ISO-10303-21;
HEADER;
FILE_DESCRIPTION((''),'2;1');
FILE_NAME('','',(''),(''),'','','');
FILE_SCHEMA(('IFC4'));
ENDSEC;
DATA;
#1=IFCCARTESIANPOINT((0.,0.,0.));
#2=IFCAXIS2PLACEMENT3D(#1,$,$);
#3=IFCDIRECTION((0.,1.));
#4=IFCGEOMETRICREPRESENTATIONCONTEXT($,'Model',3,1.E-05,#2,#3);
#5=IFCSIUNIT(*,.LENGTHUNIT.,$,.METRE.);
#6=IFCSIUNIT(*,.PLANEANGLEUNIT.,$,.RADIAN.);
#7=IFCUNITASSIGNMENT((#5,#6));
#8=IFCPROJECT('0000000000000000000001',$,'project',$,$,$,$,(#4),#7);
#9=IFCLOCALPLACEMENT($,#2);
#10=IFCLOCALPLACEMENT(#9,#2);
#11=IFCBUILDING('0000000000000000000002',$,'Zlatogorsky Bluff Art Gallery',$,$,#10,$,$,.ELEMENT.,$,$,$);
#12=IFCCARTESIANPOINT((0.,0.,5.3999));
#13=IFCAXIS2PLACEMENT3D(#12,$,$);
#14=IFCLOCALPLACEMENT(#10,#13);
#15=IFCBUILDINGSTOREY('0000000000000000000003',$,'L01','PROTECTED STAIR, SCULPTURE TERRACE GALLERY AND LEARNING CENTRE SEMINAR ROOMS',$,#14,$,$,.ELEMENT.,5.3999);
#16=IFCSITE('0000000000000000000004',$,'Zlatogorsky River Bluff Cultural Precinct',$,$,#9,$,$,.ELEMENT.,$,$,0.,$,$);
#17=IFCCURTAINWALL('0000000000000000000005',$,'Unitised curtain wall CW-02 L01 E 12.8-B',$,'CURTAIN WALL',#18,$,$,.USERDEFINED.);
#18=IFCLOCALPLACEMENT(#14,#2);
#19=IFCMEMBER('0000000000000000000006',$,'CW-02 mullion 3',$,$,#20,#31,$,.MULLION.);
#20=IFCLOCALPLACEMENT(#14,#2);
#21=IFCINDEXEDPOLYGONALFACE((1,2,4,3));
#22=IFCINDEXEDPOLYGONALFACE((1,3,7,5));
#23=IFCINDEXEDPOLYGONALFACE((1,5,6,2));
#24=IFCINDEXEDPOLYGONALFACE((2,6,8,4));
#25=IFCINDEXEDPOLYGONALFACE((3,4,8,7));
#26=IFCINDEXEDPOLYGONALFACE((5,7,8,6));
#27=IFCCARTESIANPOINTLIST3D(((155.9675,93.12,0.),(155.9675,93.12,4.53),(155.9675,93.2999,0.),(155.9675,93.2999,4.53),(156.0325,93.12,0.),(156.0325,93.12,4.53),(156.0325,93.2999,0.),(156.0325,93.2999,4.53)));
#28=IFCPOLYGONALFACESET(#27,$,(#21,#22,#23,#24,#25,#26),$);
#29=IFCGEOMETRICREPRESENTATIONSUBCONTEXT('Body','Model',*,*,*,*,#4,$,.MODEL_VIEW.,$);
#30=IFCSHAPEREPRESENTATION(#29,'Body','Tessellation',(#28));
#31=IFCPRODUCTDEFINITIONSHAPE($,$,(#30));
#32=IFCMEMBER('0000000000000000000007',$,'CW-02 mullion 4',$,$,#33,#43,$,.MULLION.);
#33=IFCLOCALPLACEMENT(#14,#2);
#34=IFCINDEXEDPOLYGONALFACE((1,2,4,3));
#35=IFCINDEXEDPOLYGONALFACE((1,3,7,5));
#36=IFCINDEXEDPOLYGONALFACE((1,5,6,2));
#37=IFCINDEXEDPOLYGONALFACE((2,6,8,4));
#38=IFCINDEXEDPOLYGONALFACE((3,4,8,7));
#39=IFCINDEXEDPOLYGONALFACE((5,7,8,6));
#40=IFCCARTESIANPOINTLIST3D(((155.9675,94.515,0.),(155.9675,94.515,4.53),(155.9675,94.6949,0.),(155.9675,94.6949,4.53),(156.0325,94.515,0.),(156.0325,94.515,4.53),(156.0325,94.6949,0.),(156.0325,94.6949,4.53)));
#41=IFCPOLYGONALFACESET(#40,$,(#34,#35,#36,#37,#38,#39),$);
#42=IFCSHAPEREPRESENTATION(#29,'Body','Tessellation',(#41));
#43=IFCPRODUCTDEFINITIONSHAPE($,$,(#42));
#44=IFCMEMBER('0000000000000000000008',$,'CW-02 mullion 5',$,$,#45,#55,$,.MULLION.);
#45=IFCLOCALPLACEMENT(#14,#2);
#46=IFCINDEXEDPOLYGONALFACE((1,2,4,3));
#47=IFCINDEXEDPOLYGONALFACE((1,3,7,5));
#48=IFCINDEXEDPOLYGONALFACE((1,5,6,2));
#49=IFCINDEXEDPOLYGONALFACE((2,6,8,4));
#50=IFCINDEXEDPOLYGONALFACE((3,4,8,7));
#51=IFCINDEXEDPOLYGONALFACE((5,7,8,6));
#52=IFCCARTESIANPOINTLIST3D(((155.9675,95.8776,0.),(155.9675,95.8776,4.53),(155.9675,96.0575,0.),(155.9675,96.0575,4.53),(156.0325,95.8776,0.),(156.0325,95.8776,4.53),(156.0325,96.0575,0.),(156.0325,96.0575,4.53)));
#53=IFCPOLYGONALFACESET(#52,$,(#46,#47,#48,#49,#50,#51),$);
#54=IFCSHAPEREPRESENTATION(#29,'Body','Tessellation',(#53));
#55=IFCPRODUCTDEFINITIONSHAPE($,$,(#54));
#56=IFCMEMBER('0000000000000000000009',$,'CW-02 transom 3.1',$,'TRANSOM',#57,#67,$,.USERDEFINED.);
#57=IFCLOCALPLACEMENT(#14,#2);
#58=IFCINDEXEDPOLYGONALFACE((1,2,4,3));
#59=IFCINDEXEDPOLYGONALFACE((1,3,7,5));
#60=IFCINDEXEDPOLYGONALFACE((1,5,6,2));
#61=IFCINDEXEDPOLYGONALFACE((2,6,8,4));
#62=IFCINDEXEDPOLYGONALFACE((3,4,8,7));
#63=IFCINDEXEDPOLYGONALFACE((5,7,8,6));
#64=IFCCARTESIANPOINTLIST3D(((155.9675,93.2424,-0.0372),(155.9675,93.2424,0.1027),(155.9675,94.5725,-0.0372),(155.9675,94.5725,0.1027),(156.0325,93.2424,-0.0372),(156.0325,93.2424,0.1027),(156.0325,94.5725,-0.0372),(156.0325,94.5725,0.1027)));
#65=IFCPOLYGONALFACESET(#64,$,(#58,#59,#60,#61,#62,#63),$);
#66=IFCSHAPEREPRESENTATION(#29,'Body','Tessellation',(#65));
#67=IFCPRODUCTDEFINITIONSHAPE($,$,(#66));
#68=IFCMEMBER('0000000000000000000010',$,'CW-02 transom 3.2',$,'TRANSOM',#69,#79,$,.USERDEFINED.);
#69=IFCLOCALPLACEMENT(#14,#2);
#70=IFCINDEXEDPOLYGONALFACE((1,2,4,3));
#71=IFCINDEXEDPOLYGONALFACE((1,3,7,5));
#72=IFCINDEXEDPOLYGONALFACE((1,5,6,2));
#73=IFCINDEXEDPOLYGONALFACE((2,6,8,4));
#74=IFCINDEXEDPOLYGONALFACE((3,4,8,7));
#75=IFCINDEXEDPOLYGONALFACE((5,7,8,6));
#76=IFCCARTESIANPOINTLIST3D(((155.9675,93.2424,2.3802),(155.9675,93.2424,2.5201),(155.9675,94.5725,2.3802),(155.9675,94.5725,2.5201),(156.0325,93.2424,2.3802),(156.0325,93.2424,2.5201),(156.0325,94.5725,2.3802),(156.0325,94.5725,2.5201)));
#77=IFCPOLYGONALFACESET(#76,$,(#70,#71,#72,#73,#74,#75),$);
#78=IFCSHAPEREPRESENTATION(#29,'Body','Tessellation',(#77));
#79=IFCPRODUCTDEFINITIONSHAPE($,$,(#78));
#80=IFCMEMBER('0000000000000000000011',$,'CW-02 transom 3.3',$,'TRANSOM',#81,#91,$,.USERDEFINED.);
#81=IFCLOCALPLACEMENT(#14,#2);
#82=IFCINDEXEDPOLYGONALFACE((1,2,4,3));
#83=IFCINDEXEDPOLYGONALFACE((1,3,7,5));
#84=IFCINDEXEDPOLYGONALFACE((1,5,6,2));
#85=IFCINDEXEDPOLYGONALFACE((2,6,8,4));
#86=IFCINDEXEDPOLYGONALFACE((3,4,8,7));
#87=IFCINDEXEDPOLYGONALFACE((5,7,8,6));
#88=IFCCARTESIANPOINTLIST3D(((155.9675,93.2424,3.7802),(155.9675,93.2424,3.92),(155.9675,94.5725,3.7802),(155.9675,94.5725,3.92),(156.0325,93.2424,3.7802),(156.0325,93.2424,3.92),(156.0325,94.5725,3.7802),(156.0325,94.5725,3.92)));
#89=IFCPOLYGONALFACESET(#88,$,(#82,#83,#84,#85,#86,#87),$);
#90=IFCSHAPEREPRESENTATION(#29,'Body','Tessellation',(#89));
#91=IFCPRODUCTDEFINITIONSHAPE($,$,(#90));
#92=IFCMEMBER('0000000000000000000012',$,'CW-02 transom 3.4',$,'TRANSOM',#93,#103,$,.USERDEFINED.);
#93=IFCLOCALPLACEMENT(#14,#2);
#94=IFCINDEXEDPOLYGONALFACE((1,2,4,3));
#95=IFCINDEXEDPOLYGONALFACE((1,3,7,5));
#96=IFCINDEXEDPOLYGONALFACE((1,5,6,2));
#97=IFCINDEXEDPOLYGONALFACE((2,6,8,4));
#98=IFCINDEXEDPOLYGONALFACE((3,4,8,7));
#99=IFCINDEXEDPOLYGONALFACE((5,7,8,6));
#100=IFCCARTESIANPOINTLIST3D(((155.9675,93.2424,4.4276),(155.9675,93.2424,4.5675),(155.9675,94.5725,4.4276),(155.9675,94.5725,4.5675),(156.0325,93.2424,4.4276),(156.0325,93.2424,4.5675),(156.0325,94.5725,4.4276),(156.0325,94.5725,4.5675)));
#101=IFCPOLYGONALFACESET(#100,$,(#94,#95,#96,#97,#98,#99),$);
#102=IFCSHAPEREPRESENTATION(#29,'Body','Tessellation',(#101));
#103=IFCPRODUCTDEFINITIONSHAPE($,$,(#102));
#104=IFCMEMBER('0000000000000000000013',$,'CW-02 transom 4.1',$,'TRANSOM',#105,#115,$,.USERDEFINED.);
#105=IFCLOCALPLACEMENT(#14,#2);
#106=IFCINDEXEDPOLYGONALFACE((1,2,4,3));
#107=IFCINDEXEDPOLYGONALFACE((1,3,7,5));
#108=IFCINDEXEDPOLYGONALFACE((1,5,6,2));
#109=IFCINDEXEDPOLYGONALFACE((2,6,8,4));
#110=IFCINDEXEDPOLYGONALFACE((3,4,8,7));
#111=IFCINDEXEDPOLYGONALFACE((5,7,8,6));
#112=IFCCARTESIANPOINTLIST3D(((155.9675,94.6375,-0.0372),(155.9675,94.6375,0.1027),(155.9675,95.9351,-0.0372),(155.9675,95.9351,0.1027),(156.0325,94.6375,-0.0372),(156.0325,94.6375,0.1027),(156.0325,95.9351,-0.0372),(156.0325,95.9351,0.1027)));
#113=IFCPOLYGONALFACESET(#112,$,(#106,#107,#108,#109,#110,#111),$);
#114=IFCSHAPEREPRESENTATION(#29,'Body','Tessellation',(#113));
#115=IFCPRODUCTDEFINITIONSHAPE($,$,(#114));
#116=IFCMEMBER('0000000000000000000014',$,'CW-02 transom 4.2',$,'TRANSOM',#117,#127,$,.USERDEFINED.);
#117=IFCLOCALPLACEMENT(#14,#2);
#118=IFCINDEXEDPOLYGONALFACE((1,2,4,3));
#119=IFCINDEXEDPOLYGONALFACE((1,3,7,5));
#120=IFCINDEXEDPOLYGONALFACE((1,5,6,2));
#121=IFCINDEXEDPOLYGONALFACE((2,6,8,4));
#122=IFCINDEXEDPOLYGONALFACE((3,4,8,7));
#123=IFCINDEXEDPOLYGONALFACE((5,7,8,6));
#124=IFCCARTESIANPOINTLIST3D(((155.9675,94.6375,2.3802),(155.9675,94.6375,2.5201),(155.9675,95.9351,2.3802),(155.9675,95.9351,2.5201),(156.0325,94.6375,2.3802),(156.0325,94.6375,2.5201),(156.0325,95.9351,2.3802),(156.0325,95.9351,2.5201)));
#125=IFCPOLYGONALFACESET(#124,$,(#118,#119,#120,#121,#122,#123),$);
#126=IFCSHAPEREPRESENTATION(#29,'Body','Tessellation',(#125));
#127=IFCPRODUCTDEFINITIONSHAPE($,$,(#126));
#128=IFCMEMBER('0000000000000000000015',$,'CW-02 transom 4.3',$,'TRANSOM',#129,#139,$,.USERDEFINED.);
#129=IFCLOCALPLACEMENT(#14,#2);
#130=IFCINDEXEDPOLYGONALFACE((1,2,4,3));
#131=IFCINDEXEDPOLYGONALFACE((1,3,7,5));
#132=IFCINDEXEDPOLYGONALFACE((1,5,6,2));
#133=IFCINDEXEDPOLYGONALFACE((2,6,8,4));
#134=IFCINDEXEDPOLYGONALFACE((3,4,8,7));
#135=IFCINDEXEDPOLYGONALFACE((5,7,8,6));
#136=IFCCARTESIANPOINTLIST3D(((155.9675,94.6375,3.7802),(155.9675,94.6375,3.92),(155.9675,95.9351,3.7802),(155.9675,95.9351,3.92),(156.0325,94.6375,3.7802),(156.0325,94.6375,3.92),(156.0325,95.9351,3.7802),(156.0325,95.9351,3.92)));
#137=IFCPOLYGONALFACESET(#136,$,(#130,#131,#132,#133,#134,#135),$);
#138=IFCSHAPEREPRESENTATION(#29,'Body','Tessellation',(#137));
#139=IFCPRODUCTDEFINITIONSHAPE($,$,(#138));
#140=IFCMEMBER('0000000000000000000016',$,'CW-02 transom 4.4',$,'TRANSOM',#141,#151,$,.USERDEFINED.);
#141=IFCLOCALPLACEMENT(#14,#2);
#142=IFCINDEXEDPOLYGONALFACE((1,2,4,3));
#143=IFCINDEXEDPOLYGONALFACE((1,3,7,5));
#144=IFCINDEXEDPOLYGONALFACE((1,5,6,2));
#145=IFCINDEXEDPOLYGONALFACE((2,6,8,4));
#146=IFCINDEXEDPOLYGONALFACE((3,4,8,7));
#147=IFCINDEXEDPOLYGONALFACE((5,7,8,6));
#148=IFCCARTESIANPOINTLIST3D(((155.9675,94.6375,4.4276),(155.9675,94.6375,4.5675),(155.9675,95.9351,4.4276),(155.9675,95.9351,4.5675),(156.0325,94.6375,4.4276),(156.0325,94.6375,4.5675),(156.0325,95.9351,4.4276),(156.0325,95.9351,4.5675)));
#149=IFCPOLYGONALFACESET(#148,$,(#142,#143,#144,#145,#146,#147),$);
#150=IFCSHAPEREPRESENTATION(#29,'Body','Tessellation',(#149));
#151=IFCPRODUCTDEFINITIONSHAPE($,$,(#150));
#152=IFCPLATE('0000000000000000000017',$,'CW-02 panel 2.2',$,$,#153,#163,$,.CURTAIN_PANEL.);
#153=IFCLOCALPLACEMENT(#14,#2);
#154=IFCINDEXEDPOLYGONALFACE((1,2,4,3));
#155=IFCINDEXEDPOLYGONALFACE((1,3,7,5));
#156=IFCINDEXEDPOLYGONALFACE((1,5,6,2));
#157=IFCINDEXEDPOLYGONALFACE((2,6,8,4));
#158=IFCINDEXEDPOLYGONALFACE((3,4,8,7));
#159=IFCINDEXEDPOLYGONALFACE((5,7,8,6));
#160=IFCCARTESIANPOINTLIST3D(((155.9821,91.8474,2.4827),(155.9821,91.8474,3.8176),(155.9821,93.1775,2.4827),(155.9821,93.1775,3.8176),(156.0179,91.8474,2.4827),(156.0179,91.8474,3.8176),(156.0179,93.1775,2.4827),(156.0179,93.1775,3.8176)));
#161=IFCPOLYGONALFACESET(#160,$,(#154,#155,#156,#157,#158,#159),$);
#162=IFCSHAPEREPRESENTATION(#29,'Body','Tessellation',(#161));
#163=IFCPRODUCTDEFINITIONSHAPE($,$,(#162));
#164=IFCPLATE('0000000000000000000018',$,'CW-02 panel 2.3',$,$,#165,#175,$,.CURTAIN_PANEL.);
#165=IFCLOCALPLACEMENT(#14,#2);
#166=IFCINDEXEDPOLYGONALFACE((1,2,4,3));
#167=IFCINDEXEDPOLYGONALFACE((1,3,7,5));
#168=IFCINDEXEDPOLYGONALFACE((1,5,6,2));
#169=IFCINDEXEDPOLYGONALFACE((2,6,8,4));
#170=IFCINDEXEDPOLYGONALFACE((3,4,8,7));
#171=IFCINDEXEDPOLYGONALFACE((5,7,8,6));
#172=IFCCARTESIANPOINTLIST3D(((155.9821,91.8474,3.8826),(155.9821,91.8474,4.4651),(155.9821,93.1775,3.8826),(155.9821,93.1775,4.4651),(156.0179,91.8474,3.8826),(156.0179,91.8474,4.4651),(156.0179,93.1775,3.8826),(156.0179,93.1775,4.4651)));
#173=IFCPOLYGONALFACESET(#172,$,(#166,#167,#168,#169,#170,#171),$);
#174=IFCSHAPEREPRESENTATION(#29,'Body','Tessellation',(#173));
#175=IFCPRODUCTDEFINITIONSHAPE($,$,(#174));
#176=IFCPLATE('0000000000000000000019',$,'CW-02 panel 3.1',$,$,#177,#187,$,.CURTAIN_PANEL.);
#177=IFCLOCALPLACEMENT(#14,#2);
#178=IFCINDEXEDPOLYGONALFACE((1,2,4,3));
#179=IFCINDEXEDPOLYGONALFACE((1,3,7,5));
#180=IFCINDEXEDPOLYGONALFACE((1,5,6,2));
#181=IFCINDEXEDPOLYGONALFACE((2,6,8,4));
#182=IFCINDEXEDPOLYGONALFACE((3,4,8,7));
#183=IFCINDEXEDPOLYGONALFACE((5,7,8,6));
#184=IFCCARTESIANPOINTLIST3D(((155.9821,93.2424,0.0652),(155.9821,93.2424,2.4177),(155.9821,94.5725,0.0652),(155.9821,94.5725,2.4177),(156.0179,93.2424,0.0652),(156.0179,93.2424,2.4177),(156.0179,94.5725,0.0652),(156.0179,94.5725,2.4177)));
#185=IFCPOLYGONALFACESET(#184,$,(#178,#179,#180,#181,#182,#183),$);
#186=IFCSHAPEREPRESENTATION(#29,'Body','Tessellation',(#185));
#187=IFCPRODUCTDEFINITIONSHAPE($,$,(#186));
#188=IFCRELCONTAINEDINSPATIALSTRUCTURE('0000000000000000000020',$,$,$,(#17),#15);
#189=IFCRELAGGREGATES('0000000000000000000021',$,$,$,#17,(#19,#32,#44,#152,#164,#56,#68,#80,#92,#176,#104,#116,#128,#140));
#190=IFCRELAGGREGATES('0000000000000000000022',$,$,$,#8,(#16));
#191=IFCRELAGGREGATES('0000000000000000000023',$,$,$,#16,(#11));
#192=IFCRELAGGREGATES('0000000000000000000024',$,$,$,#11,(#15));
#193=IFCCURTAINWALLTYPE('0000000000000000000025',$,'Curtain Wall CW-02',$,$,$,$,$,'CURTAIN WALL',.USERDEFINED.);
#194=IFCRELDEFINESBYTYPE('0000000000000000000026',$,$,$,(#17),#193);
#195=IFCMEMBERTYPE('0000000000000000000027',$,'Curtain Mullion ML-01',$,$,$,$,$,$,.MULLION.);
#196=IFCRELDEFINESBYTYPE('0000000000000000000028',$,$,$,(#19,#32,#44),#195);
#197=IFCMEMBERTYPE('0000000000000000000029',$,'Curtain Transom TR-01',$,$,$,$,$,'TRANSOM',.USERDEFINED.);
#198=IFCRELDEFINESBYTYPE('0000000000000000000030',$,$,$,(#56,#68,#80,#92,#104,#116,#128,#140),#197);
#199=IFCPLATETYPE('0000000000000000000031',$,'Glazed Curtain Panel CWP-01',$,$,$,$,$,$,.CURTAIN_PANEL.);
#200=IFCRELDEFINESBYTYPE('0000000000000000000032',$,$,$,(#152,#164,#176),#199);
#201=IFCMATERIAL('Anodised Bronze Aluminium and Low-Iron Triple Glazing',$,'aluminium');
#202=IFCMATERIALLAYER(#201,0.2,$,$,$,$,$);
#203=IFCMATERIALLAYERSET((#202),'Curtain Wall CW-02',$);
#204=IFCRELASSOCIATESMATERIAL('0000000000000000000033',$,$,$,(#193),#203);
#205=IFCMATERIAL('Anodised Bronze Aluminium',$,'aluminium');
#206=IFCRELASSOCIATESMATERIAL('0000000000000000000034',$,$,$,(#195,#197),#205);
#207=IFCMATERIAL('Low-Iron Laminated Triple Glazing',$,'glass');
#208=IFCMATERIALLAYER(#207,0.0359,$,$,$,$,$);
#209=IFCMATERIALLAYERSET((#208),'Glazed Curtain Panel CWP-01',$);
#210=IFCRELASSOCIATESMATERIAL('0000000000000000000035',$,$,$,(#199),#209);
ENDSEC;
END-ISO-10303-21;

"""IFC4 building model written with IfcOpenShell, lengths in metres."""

from ifc_helpers import new_model, si_unit, direction, frame, origin, origin_2d, place, context, subcontext, project, spatial, rectangle, extrude, material, layer, layer_set, material_profile, profile_set, type_object, element, aggregate, save


model = new_model("IFC4")

# Units and contexts
model_context = context("Model", 3, precision=1e-05, world=origin(), true_north=direction((0.0, 1.0)))
body_context = subcontext(model_context, "Body", "Model", "MODEL_VIEW")
ifc_project = project(units=[si_unit("LENGTHUNIT", "METRE"), si_unit("PLANEANGLEUNIT", "RADIAN")], contexts=[model_context])

# Site, building, storey
site_placement = place(None, origin())
site = spatial("IfcSite", under=ifc_project, at=site_placement, Name="Zlatogorsky River Bluff Cultural Precinct", CompositionType="ELEMENT", RefElevation=0.0)
building_placement = place(site_placement, origin())
building = spatial("IfcBuilding", under=site, at=building_placement, Name="Zlatogorsky Bluff Art Gallery", CompositionType="ELEMENT")
storey_placement = place(building_placement, frame((0.0, 0.0, 5.3999)))
storey = spatial("IfcBuildingStorey", under=building, at=storey_placement, Name="L01", Description="PROTECTED STAIR, SCULPTURE TERRACE GALLERY AND LEARNING CENTRE SEMINAR ROOMS", CompositionType="ELEMENT", Elevation=5.3999)

# Curtain wall, members, plates
ifc_material_1 = material(Name="Anodised Bronze Aluminium and Low-Iron Triple Glazing", Category="aluminium")
ifc_layer_1 = layer(ifc_material_1, 0.2)
ifc_layer_set_1 = layer_set([ifc_layer_1], Name="Curtain Wall CW-02")
curtain_wall_type = type_object("IfcCurtainWallType", Name="Curtain Wall CW-02", ElementType="CURTAIN WALL", PredefinedType="USERDEFINED", material=ifc_layer_set_1)
curtain_wall_placement = place(storey_placement, origin())
curtain_wall = element("IfcCurtainWall", 1, at=curtain_wall_placement, inside=storey, type_object=curtain_wall_type, Name="Unitised curtain wall CW-02 L01 E 12.8-B", ObjectType="CURTAIN WALL", PredefinedType="USERDEFINED")
ifc_material_2 = material(Name="Anodised Bronze Aluminium", Category="aluminium")
ifc_material_profile_1 = material_profile(ifc_material_2, rectangle(XDim=0.0649, YDim=0.1799, at=origin_2d()), Name="ALU MULLION 65x180")
ifc_profile_set_1 = profile_set([ifc_material_profile_1], Name="Anodised Bronze Aluminium")
member_type_1 = type_object("IfcMemberType", Name="Curtain Mullion ML-01", PredefinedType="MULLION", material=ifc_profile_set_1)
member_1_placement = place(storey_placement, frame((156.0, 93.21, 0.0), z_axis=(0.0, 0.0, 1.0), x_axis=(-1.0, 0.0, 0.0)))
member_1 = element("IfcMember", 2, at=member_1_placement, type_object=member_type_1, Name="CW-02 mullion 3", PredefinedType="MULLION", context=body_context, shape_type="SweptSolid", body=[
    extrude(rectangle(XDim=0.0649, YDim=0.1799, at=origin_2d()), origin(), (0.0, 0.0, 1.0), 4.53),
])
member_2_placement = place(storey_placement, frame((156.0, 94.605, 0.0), z_axis=(0.0, 0.0, 1.0), x_axis=(-1.0, 0.0, 0.0)))
member_2 = element("IfcMember", 3, at=member_2_placement, type_object=member_type_1, Name="CW-02 mullion 4", PredefinedType="MULLION", context=body_context, shape_type="SweptSolid", body=[
    extrude(rectangle(XDim=0.0649, YDim=0.1799, at=origin_2d()), origin(), (0.0, 0.0, 1.0), 4.53),
])
member_3_placement = place(storey_placement, frame((156.0, 95.9675, 0.0), z_axis=(0.0, 0.0, 1.0), x_axis=(-1.0, 0.0, 0.0)))
member_3 = element("IfcMember", 4, at=member_3_placement, type_object=member_type_1, Name="CW-02 mullion 5", PredefinedType="MULLION", context=body_context, shape_type="SweptSolid", body=[
    extrude(rectangle(XDim=0.0649, YDim=0.1799, at=origin_2d()), origin(), (0.0, 0.0, 1.0), 4.53),
])
ifc_material_profile_2 = material_profile(ifc_material_2, rectangle(XDim=0.0649, YDim=0.1399, at=origin_2d()), Name="ALU TRANSOM 65x140")
ifc_profile_set_2 = profile_set([ifc_material_profile_2], Name="Anodised Bronze Aluminium")
member_type_2 = type_object("IfcMemberType", Name="Curtain Transom TR-01", ElementType="TRANSOM", PredefinedType="USERDEFINED", material=ifc_profile_set_2)
member_4_placement = place(storey_placement, frame((156.0, 93.2424, 0.0327), z_axis=(0.0, 1.0, 0.0), x_axis=(-1.0, 0.0, 0.0)))
member_4 = element("IfcMember", 5, at=member_4_placement, type_object=member_type_2, Name="CW-02 transom 3.1", ObjectType="TRANSOM", PredefinedType="USERDEFINED", context=body_context, shape_type="SweptSolid", body=[
    extrude(rectangle(XDim=0.0649, YDim=0.1399, at=origin_2d()), origin(), (0.0, 0.0, 1.0), 1.3301),
])
member_5_placement = place(storey_placement, frame((156.0, 93.2424, 2.4502), z_axis=(0.0, 1.0, 0.0), x_axis=(-1.0, 0.0, 0.0)))
member_5 = element("IfcMember", 6, at=member_5_placement, type_object=member_type_2, Name="CW-02 transom 3.2", ObjectType="TRANSOM", PredefinedType="USERDEFINED", context=body_context, shape_type="SweptSolid", body=[
    extrude(rectangle(XDim=0.0649, YDim=0.1399, at=origin_2d()), origin(), (0.0, 0.0, 1.0), 1.3301),
])
member_6_placement = place(storey_placement, frame((156.0, 93.2424, 3.8501), z_axis=(0.0, 1.0, 0.0), x_axis=(-1.0, 0.0, 0.0)))
member_6 = element("IfcMember", 7, at=member_6_placement, type_object=member_type_2, Name="CW-02 transom 3.3", ObjectType="TRANSOM", PredefinedType="USERDEFINED", context=body_context, shape_type="SweptSolid", body=[
    extrude(rectangle(XDim=0.0649, YDim=0.1399, at=origin_2d()), origin(), (0.0, 0.0, 1.0), 1.3301),
])
member_7_placement = place(storey_placement, frame((156.0, 93.2424, 4.4976), z_axis=(0.0, 1.0, 0.0), x_axis=(-1.0, 0.0, 0.0)))
member_7 = element("IfcMember", 8, at=member_7_placement, type_object=member_type_2, Name="CW-02 transom 3.4", ObjectType="TRANSOM", PredefinedType="USERDEFINED", context=body_context, shape_type="SweptSolid", body=[
    extrude(rectangle(XDim=0.0649, YDim=0.1399, at=origin_2d()), origin(), (0.0, 0.0, 1.0), 1.3301),
])
member_8_placement = place(storey_placement, frame((156.0, 94.6375, 0.0327), z_axis=(0.0, 1.0, 0.0), x_axis=(-1.0, 0.0, 0.0)))
member_8 = element("IfcMember", 9, at=member_8_placement, type_object=member_type_2, Name="CW-02 transom 4.1", ObjectType="TRANSOM", PredefinedType="USERDEFINED", context=body_context, shape_type="SweptSolid", body=[
    extrude(rectangle(XDim=0.0649, YDim=0.1399, at=origin_2d()), origin(), (0.0, 0.0, 1.0), 1.2976),
])
member_9_placement = place(storey_placement, frame((156.0, 94.6375, 2.4502), z_axis=(0.0, 1.0, 0.0), x_axis=(-1.0, 0.0, 0.0)))
member_9 = element("IfcMember", 10, at=member_9_placement, type_object=member_type_2, Name="CW-02 transom 4.2", ObjectType="TRANSOM", PredefinedType="USERDEFINED", context=body_context, shape_type="SweptSolid", body=[
    extrude(rectangle(XDim=0.0649, YDim=0.1399, at=origin_2d()), origin(), (0.0, 0.0, 1.0), 1.2976),
])
member_10_placement = place(storey_placement, frame((156.0, 94.6375, 3.8501), z_axis=(0.0, 1.0, 0.0), x_axis=(-1.0, 0.0, 0.0)))
member_10 = element("IfcMember", 11, at=member_10_placement, type_object=member_type_2, Name="CW-02 transom 4.3", ObjectType="TRANSOM", PredefinedType="USERDEFINED", context=body_context, shape_type="SweptSolid", body=[
    extrude(rectangle(XDim=0.0649, YDim=0.1399, at=origin_2d()), origin(), (0.0, 0.0, 1.0), 1.2976),
])
member_11_placement = place(storey_placement, frame((156.0, 94.6375, 4.4976), z_axis=(0.0, 1.0, 0.0), x_axis=(-1.0, 0.0, 0.0)))
member_11 = element("IfcMember", 12, at=member_11_placement, type_object=member_type_2, Name="CW-02 transom 4.4", ObjectType="TRANSOM", PredefinedType="USERDEFINED", context=body_context, shape_type="SweptSolid", body=[
    extrude(rectangle(XDim=0.0649, YDim=0.1399, at=origin_2d()), origin(), (0.0, 0.0, 1.0), 1.2976),
])
ifc_material_3 = material(Name="Low-Iron Laminated Triple Glazing", Category="glass")
ifc_layer_2 = layer(ifc_material_3, 0.0359)
ifc_layer_set_2 = layer_set([ifc_layer_2], Name="Glazed Curtain Panel CWP-01")
plate_type = type_object("IfcPlateType", Name="Glazed Curtain Panel CWP-01", PredefinedType="CURTAIN_PANEL", material=ifc_layer_set_2)
plate_1_placement = place(storey_placement, frame((156.0, 92.5125, 2.4827), z_axis=(0.0, 0.0, 1.0), x_axis=(0.0, 1.0, 0.0)))
plate_1 = element("IfcPlate", 13, at=plate_1_placement, type_object=plate_type, Name="CW-02 panel 2.2", PredefinedType="CURTAIN_PANEL", context=body_context, shape_type="SweptSolid", body=[
    extrude(rectangle(XDim=1.3301, YDim=0.0359, at=origin_2d()), origin(), (0.0, 0.0, 1.0), 1.335),
])
plate_2_placement = place(storey_placement, frame((156.0, 92.5125, 3.8826), z_axis=(0.0, 0.0, 1.0), x_axis=(0.0, 1.0, 0.0)))
plate_2 = element("IfcPlate", 14, at=plate_2_placement, type_object=plate_type, Name="CW-02 panel 2.3", PredefinedType="CURTAIN_PANEL", context=body_context, shape_type="SweptSolid", body=[
    extrude(rectangle(XDim=1.3301, YDim=0.0359, at=origin_2d()), origin(), (0.0, 0.0, 1.0), 0.5825),
])
plate_3_placement = place(storey_placement, frame((156.0, 93.9075, 0.0652), z_axis=(0.0, 0.0, 1.0), x_axis=(0.0, 1.0, 0.0)))
plate_3 = element("IfcPlate", 15, at=plate_3_placement, type_object=plate_type, Name="CW-02 panel 3.1", PredefinedType="CURTAIN_PANEL", context=body_context, shape_type="SweptSolid", body=[
    extrude(rectangle(XDim=1.3301, YDim=0.0359, at=origin_2d()), origin(), (0.0, 0.0, 1.0), 2.3525),
])
aggregate(curtain_wall, [member_1, member_2, member_3, plate_1, plate_2, member_4, member_5, member_6, member_7, plate_3, member_8, member_9, member_10, member_11])

save(model, "model.ifc")
